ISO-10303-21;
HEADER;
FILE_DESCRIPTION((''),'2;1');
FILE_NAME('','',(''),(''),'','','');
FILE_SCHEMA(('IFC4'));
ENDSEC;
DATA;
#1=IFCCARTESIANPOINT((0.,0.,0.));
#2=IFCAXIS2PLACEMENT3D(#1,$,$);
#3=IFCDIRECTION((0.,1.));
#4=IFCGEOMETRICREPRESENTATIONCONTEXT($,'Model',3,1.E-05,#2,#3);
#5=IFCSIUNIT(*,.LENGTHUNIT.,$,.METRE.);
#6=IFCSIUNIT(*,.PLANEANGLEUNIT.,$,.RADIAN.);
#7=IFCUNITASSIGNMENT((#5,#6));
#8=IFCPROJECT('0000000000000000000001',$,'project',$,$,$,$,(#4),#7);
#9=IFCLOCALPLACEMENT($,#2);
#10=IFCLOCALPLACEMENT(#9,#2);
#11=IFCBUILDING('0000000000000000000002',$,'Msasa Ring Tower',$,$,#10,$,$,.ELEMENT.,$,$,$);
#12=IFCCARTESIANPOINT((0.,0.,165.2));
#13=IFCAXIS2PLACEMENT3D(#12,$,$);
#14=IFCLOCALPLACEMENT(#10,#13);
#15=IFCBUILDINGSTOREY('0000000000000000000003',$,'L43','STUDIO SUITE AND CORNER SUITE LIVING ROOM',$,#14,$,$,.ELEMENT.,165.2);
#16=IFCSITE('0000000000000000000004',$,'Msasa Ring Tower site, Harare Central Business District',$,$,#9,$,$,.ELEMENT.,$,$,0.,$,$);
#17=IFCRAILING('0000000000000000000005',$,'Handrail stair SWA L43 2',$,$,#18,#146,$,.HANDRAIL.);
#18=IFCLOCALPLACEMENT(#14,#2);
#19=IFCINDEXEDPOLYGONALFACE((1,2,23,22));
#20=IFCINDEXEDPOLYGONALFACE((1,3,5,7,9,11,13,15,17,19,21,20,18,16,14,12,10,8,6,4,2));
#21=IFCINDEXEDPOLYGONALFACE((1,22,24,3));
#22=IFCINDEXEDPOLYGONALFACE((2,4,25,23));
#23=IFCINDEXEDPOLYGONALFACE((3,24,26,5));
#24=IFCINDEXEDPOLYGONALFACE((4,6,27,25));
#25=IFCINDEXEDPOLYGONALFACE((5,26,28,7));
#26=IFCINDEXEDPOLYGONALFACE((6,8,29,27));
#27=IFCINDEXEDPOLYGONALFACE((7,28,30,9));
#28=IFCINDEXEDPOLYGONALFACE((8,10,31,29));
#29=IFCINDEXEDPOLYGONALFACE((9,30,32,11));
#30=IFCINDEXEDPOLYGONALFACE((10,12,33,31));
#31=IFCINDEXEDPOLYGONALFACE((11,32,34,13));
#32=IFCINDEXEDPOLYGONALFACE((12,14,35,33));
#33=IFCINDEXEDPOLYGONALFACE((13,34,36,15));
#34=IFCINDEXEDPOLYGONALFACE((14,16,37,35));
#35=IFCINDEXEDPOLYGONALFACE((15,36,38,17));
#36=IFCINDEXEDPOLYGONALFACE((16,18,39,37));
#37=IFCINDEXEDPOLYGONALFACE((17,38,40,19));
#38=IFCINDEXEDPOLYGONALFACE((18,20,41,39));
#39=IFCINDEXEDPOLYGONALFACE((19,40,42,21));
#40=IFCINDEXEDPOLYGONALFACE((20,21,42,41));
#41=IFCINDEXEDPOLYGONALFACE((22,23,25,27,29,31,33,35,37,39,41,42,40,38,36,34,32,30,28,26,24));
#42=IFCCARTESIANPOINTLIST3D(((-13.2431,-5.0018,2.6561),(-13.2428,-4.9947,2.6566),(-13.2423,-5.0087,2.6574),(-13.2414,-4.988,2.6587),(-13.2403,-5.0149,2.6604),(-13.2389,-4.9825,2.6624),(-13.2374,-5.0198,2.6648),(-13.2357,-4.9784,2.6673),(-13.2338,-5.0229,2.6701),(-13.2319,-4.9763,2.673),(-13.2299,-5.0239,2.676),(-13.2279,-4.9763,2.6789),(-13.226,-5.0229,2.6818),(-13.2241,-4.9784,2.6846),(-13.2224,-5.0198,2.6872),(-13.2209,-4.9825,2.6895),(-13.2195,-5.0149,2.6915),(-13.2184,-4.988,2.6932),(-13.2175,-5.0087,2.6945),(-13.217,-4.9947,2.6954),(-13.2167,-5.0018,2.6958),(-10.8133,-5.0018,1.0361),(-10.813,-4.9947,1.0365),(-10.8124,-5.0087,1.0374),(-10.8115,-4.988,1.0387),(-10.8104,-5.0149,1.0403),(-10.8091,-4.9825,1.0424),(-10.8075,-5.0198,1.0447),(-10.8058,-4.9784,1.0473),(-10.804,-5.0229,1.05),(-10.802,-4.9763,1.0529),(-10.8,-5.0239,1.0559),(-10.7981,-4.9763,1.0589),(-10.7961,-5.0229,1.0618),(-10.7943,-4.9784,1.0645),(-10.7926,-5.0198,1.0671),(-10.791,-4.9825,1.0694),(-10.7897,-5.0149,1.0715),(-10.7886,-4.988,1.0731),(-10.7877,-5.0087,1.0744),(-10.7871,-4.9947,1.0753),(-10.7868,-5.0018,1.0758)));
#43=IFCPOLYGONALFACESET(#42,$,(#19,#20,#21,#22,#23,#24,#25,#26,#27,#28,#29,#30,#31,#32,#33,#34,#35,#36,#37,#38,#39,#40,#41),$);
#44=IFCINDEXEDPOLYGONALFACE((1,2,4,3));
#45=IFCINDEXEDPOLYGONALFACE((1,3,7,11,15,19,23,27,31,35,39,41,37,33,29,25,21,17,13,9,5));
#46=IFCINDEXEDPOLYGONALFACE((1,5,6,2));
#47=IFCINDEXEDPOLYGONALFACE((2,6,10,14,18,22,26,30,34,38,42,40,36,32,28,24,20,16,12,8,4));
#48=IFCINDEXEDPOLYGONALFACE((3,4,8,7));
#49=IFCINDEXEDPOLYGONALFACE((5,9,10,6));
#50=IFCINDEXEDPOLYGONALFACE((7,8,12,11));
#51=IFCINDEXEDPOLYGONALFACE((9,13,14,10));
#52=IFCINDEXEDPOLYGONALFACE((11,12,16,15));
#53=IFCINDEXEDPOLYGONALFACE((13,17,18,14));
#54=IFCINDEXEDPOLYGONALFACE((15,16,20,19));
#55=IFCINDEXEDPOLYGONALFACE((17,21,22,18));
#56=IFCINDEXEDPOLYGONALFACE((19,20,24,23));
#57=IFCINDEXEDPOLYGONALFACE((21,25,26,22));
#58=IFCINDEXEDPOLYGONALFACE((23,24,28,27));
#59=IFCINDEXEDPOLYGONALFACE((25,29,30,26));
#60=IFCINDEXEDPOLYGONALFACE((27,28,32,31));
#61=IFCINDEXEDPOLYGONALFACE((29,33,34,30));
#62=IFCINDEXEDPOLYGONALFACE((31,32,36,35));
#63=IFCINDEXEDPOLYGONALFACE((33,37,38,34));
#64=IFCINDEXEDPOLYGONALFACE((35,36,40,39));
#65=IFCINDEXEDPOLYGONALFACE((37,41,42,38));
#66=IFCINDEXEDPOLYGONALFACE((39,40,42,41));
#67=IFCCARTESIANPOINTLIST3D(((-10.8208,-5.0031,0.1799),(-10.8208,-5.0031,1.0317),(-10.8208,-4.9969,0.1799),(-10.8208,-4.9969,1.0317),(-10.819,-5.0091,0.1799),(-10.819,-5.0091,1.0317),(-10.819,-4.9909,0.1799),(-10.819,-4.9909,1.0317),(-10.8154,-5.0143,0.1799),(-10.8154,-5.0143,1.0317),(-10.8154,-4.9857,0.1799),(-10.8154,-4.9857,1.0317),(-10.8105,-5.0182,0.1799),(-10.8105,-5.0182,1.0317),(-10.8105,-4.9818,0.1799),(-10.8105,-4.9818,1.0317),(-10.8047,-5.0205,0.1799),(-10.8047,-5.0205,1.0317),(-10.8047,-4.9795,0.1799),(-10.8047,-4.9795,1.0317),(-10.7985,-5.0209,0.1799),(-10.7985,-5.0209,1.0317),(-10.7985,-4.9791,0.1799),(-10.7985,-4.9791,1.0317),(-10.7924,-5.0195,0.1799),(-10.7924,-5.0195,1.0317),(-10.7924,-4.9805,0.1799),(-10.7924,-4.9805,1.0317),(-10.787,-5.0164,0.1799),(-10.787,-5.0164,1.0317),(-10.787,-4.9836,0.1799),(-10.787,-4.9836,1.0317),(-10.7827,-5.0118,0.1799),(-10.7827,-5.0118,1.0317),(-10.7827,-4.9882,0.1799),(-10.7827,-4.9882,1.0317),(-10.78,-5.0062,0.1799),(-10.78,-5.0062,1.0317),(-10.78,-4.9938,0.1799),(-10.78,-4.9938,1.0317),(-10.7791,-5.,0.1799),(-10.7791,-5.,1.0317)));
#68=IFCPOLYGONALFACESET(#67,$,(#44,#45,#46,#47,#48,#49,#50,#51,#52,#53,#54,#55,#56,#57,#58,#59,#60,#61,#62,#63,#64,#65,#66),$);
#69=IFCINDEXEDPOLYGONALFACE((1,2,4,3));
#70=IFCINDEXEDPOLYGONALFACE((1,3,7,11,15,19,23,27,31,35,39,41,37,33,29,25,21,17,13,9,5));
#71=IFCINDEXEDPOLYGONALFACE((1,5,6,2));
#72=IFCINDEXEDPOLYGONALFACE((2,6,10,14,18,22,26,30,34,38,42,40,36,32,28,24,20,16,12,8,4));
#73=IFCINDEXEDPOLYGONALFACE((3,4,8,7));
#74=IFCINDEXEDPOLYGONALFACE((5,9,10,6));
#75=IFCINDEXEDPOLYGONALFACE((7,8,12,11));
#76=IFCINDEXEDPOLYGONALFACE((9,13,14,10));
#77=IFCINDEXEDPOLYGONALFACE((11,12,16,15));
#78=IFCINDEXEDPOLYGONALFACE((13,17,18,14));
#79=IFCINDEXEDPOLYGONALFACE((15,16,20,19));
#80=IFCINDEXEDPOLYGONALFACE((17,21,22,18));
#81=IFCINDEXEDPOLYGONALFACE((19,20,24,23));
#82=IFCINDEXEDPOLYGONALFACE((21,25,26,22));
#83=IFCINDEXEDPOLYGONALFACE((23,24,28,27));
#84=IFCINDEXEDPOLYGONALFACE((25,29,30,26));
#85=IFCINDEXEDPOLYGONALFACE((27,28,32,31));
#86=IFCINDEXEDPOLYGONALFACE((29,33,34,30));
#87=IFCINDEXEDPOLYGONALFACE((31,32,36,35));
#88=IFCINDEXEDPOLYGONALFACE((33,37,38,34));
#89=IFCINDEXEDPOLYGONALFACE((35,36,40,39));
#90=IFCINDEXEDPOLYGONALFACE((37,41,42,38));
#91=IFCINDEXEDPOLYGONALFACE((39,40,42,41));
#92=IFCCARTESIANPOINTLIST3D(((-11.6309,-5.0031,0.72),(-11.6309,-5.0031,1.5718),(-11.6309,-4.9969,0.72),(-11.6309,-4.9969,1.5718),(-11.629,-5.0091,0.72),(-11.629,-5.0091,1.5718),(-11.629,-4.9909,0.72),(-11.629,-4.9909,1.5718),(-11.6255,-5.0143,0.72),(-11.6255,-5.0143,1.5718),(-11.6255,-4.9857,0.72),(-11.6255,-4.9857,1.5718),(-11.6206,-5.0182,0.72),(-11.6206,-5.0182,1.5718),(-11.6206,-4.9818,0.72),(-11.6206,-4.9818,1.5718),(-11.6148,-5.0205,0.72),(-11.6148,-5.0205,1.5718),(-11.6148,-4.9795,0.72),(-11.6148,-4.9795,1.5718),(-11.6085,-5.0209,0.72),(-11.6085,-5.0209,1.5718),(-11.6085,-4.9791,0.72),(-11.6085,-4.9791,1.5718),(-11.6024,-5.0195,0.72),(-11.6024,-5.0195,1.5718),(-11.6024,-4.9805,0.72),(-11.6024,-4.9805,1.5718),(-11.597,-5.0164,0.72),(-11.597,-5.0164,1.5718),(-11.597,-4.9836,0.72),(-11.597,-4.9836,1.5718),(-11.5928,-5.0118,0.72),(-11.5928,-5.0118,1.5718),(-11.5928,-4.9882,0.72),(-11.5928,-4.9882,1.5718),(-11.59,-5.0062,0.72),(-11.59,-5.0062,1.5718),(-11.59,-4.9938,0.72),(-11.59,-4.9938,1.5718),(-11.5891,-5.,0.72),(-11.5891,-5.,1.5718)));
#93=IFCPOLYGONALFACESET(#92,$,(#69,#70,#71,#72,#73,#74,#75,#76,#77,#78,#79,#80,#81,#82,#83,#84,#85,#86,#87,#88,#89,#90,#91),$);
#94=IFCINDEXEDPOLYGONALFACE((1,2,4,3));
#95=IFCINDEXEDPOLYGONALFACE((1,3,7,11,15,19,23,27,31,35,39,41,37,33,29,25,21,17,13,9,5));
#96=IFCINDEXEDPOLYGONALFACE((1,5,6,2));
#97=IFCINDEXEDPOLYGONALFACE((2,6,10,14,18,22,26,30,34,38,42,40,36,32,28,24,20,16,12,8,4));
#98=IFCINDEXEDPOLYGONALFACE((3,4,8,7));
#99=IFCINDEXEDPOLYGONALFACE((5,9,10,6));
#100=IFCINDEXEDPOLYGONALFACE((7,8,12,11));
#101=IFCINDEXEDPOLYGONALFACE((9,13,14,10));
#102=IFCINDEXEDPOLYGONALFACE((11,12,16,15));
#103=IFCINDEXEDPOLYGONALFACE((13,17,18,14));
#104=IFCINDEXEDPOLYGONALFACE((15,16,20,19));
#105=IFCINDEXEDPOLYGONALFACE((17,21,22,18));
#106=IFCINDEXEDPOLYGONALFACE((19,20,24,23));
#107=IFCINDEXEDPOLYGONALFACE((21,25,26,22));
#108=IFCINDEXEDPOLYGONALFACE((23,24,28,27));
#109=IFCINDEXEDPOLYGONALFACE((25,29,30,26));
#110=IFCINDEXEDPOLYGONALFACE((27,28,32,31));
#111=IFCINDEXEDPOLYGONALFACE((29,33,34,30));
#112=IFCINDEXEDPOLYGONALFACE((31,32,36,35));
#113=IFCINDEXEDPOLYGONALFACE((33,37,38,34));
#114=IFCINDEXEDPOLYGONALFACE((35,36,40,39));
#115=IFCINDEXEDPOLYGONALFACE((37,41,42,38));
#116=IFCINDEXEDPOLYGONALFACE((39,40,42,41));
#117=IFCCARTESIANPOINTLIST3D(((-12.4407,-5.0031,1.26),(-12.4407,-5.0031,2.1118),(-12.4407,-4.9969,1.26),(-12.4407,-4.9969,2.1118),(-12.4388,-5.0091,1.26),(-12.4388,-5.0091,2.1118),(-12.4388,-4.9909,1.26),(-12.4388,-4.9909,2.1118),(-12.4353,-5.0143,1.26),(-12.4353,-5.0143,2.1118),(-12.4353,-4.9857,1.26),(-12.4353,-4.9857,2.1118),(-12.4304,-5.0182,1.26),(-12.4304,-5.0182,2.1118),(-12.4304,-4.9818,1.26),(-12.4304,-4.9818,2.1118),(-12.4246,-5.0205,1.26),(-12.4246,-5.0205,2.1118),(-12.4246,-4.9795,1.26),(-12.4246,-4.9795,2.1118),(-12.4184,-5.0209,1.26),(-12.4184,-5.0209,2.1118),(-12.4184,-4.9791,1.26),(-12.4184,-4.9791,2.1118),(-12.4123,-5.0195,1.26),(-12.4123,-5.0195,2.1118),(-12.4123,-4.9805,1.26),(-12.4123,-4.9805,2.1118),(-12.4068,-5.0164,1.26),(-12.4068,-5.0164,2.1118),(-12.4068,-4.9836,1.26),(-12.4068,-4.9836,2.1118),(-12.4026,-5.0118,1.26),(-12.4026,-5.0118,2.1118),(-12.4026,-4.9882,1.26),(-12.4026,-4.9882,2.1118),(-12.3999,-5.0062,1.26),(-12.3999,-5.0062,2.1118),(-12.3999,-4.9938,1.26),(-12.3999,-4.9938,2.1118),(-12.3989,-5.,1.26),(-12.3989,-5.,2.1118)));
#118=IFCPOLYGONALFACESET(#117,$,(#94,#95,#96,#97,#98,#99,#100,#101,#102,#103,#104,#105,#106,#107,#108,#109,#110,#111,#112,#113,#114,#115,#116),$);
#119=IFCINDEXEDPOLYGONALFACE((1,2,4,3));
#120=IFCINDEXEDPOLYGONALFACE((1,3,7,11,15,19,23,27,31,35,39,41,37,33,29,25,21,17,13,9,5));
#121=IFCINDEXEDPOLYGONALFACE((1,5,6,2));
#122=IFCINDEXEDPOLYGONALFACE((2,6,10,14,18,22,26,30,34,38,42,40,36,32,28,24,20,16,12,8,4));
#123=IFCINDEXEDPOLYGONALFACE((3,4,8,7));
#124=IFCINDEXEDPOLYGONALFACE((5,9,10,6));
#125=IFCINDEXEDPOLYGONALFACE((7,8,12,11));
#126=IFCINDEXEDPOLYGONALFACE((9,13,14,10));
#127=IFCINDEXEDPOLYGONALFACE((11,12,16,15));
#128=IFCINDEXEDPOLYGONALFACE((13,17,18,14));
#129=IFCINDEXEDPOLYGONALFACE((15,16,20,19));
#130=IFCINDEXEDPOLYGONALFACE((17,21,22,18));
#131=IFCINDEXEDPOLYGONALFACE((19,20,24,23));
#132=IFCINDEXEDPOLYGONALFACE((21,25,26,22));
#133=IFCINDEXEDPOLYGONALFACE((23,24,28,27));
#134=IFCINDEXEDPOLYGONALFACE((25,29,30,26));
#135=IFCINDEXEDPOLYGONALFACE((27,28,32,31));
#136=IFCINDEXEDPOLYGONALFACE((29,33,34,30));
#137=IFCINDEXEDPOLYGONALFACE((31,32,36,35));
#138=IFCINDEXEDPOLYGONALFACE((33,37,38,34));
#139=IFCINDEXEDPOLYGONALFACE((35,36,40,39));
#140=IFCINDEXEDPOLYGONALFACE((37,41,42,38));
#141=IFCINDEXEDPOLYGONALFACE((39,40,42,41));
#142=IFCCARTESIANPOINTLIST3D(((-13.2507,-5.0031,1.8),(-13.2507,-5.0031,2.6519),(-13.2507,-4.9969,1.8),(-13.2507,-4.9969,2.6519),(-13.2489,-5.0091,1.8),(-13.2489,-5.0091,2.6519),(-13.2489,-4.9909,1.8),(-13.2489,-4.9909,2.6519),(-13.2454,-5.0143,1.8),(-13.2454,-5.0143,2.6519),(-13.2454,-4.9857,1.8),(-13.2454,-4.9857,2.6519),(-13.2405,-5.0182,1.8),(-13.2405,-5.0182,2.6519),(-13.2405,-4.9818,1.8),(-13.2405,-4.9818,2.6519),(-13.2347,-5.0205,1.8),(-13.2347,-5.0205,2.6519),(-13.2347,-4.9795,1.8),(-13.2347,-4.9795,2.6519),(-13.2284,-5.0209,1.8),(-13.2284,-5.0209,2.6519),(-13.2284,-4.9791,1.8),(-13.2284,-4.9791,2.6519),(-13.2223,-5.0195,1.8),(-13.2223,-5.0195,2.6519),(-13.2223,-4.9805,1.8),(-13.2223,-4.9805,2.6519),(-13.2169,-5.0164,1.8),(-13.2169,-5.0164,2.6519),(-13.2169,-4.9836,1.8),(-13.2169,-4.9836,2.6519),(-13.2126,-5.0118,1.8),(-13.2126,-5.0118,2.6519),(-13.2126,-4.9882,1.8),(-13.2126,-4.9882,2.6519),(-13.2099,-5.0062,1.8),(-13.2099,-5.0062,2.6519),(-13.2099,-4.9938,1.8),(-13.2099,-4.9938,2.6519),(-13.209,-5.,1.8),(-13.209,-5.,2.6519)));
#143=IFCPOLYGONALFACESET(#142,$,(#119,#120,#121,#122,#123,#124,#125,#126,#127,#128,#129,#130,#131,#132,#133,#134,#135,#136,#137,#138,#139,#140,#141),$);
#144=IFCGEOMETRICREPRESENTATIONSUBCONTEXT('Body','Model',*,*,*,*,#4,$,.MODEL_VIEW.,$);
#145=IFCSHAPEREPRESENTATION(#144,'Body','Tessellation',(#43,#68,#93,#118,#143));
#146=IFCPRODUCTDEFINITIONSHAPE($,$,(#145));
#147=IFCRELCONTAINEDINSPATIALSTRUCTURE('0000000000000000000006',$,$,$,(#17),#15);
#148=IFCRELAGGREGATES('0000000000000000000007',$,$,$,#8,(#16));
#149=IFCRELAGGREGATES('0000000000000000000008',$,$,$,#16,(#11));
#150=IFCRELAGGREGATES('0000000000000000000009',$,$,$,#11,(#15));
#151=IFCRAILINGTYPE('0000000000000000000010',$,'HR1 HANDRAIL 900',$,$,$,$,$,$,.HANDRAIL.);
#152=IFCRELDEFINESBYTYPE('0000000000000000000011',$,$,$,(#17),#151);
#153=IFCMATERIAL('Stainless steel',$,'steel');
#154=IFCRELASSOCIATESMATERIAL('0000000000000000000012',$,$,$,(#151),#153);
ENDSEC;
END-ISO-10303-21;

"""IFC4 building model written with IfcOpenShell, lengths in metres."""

from ifc_helpers import new_model, si_unit, direction, frame, origin, origin_2d, place, context, subcontext, project, spatial, circle, extrude, material, type_object, element, save


model = new_model("IFC4")

# Units and contexts
model_context = context("Model", 3, precision=1e-05, world=origin(), true_north=direction((0.0, 1.0)))
body_context = subcontext(model_context, "Body", "Model", "MODEL_VIEW")
ifc_project = project(units=[si_unit("LENGTHUNIT", "METRE"), si_unit("PLANEANGLEUNIT", "RADIAN")], contexts=[model_context])

# Site, building, storey
site_placement = place(None, origin())
site = spatial("IfcSite", under=ifc_project, at=site_placement, Name="Msasa Ring Tower site, Harare Central Business District", CompositionType="ELEMENT", RefElevation=0.0)
building_placement = place(site_placement, origin())
building = spatial("IfcBuilding", under=site, at=building_placement, Name="Msasa Ring Tower", CompositionType="ELEMENT")
storey_placement = place(building_placement, frame((0.0, 0.0, 165.2)))
storey = spatial("IfcBuildingStorey", under=building, at=storey_placement, Name="L43", Description="STUDIO SUITE AND CORNER SUITE LIVING ROOM", CompositionType="ELEMENT", Elevation=165.2)

# Railing
ifc_material_1 = material(Name="Stainless steel", Category="steel")
railing_type = type_object("IfcRailingType", Name="HR1 HANDRAIL 900", PredefinedType="HANDRAIL", material=ifc_material_1)
for number, where, name in (
    (1, (-10.8, -5.0, 0.1799), "Handrail stair SWA L43 2"),
):
    element("IfcRailing", number, at=place(storey_placement, frame(where)), inside=storey, type_object=railing_type, Name=name, PredefinedType="HANDRAIL", context=body_context, shape_type="SweptSolid", body=[
        extrude(circle(Radius=0.0239, at=origin_2d()), frame((0.0, 0.0, 0.876), z_axis=(-0.832025, 0.0, 0.554739), x_axis=(0.0, -1.0, 0.0)), (0.0, 0.0, 1.0), 2.9204),
        extrude(circle(Radius=0.021, at=origin_2d()), origin(), (0.0, 0.0, 1.0), 0.8518),
        extrude(circle(Radius=0.021, at=origin_2d()), frame((-0.8101, 0.0, 0.54)), (0.0, 0.0, 1.0), 0.8518),
        extrude(circle(Radius=0.021, at=origin_2d()), frame((-1.6199, 0.0, 1.0801)), (0.0, 0.0, 1.0), 0.8518),
        extrude(circle(Radius=0.021, at=origin_2d()), frame((-2.4299, 0.0, 1.6201)), (0.0, 0.0, 1.0), 0.8518),
    ])

save(model, "model.ifc")
